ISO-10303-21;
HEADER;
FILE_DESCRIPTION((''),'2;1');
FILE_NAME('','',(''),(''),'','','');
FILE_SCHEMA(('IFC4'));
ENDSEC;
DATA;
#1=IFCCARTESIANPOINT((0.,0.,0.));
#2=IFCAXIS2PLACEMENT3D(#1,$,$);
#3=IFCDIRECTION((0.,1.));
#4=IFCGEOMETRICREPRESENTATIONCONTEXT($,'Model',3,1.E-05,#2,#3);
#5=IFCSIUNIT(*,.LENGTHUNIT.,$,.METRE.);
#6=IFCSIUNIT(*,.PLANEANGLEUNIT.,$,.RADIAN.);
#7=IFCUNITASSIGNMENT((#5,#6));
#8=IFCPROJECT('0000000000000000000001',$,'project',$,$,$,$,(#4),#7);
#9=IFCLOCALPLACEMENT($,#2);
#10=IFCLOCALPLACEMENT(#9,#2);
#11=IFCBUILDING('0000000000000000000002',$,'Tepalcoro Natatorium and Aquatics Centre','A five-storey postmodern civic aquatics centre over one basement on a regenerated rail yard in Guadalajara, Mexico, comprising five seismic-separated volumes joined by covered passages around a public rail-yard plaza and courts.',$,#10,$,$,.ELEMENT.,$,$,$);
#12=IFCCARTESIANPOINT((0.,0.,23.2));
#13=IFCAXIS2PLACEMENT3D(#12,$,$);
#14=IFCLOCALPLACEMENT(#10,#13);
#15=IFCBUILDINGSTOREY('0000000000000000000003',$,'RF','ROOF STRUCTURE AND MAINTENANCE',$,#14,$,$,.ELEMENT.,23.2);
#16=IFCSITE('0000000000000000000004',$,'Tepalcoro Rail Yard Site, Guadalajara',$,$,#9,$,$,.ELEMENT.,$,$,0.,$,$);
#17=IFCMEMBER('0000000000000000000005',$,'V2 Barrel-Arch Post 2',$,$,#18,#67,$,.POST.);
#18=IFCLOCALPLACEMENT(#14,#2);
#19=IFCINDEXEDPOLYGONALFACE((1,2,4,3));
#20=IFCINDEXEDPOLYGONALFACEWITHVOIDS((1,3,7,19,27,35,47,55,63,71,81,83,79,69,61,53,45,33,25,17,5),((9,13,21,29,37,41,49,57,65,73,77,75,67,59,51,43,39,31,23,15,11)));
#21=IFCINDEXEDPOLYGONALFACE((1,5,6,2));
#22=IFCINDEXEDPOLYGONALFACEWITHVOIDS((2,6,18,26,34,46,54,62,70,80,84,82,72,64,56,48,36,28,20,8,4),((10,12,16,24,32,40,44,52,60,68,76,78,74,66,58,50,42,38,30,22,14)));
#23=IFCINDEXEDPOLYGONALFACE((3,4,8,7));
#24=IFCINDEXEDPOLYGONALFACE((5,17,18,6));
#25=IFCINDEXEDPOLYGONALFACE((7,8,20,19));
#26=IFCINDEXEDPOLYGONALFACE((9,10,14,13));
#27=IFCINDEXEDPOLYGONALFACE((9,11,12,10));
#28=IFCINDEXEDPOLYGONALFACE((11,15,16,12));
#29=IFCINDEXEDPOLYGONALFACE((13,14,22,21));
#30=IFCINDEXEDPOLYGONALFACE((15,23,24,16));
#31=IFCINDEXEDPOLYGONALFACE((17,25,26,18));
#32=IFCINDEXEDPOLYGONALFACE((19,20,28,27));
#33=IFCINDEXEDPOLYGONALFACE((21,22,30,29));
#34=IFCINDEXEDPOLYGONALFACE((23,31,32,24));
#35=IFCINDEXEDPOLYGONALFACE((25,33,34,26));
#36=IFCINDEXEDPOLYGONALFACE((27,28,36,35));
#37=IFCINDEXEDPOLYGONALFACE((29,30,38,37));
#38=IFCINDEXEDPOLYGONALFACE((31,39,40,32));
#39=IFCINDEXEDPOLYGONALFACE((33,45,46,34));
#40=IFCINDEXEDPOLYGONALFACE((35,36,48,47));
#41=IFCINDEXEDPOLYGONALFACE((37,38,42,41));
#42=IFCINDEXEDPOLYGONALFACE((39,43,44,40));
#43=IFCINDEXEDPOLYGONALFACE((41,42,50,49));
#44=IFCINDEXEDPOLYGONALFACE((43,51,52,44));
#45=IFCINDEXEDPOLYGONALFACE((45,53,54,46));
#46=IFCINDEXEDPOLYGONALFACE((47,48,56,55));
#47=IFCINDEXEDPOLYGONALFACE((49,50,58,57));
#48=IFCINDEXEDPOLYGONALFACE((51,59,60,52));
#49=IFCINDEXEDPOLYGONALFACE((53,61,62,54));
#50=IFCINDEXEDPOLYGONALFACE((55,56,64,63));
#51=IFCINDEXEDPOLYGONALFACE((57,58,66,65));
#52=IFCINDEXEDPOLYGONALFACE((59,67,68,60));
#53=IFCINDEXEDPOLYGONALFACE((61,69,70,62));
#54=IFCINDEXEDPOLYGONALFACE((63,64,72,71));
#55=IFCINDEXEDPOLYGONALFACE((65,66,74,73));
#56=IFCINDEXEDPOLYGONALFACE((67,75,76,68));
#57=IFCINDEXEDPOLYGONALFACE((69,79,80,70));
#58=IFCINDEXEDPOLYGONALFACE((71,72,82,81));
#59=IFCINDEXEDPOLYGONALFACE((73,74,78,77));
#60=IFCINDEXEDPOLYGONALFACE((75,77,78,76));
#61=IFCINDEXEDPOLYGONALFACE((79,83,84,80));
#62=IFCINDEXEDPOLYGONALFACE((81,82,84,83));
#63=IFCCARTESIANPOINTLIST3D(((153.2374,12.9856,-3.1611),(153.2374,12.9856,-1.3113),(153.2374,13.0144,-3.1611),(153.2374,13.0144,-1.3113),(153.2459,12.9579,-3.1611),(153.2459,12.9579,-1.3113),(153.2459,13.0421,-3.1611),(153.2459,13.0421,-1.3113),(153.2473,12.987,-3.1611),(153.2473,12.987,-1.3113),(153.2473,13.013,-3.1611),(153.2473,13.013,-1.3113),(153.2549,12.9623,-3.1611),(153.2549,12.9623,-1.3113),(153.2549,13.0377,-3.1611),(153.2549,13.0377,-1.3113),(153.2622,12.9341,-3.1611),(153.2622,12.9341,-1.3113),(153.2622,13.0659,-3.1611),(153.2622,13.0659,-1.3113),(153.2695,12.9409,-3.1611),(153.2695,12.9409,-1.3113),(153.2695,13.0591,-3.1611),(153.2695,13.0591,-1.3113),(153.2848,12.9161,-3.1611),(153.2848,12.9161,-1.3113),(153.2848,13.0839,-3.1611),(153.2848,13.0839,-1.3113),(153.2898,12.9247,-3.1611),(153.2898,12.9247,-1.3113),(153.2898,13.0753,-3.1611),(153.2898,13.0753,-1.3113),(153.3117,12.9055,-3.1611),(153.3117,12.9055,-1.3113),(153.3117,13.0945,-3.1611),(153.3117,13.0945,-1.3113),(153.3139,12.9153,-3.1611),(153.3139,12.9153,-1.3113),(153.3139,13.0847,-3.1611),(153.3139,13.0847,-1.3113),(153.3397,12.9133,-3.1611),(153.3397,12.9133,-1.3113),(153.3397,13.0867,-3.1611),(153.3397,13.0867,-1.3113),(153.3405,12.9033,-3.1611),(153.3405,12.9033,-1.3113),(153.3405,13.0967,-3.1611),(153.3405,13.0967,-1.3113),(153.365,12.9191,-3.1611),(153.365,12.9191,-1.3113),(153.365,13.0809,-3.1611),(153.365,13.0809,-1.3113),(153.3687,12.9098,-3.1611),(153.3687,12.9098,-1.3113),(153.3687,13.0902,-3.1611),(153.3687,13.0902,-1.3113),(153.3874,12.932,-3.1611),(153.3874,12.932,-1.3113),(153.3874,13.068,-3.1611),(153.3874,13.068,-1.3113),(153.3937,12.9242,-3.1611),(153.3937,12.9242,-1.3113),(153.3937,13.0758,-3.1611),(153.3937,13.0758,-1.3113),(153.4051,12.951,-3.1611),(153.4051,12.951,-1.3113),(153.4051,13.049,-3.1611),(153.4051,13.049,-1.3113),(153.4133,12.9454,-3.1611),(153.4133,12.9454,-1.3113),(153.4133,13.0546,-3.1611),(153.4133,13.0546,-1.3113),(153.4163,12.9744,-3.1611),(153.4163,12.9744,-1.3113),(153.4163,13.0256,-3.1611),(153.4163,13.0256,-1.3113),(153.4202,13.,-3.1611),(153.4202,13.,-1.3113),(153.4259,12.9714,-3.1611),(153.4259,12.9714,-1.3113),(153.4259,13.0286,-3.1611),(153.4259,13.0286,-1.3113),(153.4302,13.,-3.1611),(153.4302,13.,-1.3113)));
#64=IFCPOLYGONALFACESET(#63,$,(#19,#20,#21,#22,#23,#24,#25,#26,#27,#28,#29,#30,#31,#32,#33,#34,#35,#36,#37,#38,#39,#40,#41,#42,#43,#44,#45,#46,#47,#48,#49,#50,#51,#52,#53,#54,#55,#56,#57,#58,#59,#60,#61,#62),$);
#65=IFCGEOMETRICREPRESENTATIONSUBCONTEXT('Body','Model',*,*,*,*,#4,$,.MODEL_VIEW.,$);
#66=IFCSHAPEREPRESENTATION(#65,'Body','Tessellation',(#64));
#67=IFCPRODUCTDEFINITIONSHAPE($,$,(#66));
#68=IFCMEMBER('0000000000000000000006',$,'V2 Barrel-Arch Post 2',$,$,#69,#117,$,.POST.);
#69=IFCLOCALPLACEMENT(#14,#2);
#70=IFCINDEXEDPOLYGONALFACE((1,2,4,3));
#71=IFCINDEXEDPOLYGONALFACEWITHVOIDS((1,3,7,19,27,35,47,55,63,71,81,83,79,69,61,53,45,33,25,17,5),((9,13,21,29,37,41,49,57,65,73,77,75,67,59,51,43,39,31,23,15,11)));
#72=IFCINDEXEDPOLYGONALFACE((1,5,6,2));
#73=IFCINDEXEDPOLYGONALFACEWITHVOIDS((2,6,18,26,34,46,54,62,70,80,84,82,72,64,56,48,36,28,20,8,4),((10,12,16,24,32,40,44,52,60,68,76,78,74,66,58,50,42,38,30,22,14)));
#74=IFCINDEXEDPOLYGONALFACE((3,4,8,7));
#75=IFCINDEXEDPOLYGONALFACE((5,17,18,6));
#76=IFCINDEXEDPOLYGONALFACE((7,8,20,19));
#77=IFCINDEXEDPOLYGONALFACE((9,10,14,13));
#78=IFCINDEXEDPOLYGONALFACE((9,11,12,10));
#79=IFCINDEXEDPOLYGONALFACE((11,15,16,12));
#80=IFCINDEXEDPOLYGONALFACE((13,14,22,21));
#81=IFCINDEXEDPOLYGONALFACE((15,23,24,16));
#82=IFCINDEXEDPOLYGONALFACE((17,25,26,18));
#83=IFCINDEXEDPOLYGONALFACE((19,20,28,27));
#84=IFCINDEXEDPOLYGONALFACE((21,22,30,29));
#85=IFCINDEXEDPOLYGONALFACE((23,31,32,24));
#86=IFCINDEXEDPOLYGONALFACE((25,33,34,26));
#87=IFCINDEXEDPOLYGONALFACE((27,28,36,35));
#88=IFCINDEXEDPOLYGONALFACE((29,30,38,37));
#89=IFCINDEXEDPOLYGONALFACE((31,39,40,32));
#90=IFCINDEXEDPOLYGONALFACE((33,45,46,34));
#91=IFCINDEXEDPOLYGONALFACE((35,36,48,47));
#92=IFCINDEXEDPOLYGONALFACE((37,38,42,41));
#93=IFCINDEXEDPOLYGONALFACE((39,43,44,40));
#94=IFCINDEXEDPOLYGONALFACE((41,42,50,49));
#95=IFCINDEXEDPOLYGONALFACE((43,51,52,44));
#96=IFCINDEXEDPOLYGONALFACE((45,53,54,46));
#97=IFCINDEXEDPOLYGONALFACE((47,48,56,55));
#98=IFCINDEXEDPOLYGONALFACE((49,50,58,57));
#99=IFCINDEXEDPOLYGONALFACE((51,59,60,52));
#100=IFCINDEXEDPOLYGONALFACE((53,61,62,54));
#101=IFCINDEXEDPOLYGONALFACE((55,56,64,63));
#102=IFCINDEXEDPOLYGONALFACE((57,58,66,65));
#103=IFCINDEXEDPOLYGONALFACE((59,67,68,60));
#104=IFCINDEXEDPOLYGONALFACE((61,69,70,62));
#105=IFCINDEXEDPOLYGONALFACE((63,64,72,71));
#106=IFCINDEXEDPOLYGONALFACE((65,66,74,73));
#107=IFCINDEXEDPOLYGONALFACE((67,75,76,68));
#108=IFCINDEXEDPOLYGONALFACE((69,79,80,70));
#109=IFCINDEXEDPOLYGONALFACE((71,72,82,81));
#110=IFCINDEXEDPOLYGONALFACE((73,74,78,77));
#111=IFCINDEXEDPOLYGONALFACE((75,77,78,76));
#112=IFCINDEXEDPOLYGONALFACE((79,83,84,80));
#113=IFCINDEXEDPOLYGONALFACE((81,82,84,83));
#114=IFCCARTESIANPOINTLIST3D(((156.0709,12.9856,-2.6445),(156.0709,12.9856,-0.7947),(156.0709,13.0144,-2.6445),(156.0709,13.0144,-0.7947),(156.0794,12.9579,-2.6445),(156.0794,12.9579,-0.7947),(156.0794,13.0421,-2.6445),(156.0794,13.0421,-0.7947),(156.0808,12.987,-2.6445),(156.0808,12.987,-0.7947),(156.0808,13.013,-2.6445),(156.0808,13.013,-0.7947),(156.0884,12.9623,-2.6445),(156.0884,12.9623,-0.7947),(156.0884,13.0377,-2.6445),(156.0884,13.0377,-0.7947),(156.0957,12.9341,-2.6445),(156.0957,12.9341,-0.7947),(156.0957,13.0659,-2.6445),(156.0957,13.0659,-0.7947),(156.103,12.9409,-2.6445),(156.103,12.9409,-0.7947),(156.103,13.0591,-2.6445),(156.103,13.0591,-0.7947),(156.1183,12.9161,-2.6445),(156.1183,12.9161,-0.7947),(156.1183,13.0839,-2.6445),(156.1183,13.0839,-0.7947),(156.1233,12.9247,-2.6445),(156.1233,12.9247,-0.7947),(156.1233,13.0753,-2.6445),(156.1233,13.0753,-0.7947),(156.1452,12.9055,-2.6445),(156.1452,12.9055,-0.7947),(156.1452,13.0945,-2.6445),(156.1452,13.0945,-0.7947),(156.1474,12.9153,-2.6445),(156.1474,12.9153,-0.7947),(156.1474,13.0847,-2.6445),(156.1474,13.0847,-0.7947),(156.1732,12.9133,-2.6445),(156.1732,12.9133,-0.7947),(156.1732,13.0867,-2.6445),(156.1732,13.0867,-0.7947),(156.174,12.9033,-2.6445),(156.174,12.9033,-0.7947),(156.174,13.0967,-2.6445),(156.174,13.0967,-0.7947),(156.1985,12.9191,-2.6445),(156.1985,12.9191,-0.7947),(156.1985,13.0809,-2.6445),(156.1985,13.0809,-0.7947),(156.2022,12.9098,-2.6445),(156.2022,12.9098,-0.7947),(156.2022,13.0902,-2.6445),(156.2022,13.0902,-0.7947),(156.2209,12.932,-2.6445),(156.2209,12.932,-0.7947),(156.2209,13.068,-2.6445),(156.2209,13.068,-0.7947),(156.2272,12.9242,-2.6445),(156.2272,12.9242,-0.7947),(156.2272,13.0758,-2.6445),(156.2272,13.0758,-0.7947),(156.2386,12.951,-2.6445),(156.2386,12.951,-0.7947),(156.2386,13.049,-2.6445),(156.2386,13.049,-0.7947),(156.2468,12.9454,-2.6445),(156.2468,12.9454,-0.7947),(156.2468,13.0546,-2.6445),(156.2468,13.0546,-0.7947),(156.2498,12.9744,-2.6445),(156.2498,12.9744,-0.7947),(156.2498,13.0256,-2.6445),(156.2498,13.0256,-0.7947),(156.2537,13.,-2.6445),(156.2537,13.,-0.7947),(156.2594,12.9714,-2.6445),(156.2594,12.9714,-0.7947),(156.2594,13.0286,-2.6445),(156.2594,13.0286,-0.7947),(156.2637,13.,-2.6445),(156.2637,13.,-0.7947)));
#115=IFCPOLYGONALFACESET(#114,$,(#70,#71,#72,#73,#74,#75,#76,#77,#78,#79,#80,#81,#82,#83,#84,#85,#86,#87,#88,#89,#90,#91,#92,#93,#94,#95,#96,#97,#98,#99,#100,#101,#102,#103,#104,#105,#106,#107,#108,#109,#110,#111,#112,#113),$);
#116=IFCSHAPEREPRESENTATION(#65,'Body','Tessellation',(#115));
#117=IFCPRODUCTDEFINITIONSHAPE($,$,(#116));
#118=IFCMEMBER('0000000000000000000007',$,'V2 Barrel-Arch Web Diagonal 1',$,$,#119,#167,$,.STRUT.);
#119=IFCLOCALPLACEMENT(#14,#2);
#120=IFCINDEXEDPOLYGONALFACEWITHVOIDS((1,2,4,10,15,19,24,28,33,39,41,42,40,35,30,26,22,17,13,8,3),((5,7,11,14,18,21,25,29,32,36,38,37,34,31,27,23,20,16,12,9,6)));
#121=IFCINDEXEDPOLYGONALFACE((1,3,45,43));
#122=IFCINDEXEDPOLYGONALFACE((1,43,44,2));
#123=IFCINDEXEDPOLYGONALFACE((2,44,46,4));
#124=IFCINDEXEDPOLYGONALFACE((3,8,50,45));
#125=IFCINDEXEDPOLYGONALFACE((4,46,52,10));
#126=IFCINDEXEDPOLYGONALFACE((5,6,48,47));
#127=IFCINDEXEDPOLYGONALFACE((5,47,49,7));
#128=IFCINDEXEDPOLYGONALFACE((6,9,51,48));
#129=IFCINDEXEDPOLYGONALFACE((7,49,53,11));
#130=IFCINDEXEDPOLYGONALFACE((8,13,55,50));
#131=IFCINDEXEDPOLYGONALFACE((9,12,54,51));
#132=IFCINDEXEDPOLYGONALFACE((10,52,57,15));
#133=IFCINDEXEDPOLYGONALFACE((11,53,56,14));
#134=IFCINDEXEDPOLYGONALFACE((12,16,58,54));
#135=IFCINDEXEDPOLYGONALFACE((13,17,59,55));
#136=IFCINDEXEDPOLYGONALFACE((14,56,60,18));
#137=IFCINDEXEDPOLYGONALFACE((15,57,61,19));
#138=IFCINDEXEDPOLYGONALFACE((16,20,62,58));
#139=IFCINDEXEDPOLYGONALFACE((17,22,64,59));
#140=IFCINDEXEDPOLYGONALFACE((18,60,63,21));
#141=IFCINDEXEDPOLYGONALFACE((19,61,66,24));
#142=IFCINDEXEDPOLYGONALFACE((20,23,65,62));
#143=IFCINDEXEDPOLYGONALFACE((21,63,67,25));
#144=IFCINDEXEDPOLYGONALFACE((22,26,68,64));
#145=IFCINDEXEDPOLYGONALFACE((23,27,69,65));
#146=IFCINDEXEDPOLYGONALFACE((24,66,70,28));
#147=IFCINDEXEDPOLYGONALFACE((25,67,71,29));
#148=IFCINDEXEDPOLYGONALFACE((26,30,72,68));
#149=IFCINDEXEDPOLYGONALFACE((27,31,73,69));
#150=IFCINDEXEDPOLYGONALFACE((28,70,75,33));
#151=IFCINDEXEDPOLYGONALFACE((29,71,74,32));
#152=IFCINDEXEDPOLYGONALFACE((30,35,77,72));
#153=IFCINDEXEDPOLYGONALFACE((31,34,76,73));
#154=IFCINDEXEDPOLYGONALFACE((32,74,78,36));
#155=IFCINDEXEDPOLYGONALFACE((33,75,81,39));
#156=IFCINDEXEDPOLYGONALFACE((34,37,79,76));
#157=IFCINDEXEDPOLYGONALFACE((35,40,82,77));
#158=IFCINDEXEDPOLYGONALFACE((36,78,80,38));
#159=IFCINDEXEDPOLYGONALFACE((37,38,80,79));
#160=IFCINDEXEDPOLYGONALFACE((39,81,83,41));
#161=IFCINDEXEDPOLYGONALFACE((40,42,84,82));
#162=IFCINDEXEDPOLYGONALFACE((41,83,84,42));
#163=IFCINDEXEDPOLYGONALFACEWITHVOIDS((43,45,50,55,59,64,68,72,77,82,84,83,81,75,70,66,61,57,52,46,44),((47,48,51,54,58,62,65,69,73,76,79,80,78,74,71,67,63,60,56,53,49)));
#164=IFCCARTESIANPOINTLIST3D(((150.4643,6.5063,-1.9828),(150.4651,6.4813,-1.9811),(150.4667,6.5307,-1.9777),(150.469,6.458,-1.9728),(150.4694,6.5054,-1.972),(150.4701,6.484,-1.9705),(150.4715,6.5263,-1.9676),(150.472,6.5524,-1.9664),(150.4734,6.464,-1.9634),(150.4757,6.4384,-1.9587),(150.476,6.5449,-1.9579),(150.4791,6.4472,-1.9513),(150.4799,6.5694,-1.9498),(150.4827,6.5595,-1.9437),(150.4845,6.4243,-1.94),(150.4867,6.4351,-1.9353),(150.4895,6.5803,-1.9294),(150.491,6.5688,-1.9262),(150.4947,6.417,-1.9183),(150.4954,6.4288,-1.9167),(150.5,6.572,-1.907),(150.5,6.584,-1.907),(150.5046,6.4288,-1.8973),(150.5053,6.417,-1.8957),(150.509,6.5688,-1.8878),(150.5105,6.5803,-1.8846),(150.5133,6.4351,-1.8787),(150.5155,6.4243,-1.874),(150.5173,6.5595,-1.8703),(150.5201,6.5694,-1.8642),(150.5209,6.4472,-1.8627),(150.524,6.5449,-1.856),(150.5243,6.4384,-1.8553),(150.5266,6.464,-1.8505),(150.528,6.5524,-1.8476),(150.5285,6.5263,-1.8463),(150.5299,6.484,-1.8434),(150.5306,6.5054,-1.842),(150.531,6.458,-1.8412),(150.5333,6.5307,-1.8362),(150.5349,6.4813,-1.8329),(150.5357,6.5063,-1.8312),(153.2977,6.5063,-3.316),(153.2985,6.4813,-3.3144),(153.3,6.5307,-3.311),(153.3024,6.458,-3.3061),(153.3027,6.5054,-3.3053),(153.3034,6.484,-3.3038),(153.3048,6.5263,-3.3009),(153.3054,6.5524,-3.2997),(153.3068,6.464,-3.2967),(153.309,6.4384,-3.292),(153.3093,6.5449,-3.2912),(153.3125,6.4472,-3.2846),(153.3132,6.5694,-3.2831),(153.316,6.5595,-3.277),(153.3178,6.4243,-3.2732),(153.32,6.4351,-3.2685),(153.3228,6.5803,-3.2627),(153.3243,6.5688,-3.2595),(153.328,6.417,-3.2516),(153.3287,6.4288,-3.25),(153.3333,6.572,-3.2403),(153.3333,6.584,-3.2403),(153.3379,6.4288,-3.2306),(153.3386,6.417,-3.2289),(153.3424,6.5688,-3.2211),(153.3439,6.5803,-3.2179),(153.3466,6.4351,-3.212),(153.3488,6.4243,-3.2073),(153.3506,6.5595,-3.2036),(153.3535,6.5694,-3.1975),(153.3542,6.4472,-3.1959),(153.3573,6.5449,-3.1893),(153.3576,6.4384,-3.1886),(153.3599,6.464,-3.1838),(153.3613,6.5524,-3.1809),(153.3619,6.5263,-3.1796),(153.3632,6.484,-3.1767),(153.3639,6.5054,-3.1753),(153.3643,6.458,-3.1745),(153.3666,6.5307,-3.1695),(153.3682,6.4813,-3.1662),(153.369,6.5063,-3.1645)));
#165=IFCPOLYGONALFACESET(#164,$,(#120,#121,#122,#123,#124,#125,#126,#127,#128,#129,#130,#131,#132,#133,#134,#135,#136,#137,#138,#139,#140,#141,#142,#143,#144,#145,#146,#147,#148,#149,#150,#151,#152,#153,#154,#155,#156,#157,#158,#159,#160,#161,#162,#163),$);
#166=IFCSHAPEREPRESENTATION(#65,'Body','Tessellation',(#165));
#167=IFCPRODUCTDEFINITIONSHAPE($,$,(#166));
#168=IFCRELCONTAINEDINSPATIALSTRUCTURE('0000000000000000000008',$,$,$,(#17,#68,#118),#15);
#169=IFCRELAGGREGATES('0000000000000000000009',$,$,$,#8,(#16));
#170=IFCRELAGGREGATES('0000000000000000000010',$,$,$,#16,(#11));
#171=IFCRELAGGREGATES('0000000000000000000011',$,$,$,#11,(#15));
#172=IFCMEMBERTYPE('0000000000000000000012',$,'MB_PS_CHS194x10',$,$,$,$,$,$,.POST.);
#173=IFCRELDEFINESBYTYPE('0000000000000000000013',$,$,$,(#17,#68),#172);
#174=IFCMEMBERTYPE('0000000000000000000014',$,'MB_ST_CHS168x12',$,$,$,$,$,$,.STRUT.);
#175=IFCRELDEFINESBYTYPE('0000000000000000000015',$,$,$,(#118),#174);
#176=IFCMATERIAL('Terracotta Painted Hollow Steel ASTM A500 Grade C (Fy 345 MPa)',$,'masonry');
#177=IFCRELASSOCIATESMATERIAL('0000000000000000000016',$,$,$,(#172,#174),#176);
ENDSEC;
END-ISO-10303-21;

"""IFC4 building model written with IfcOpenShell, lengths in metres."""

from ifc_helpers import new_model, si_unit, direction, frame, origin, origin_2d, place, context, subcontext, project, spatial, hollow_circle, extrude, material, material_profile, profile_set, type_object, element, save


model = new_model("IFC4")

# Units and contexts
model_context = context("Model", 3, precision=1e-05, world=origin(), true_north=direction((0.0, 1.0)))
body_context = subcontext(model_context, "Body", "Model", "MODEL_VIEW")
ifc_project = project(units=[si_unit("LENGTHUNIT", "METRE"), si_unit("PLANEANGLEUNIT", "RADIAN")], contexts=[model_context])

# Site, building, storey
site_placement = place(None, origin())
site = spatial("IfcSite", under=ifc_project, at=site_placement, Name="Tepalcoro Rail Yard Site, Guadalajara", CompositionType="ELEMENT", RefElevation=0.0)
building_placement = place(site_placement, origin())
building = spatial("IfcBuilding", under=site, at=building_placement, Name="Tepalcoro Natatorium and Aquatics Centre", Description="A five-storey postmodern civic aquatics centre over one basement on a regenerated rail yard in Guadalajara, Mexico, comprising five seismic-separated volumes joined by covered passages around a public rail-yard plaza and courts.", CompositionType="ELEMENT")
storey_placement = place(building_placement, frame((0.0, 0.0, 23.2)))
storey = spatial("IfcBuildingStorey", under=building, at=storey_placement, Name="RF", Description="ROOF STRUCTURE AND MAINTENANCE", CompositionType="ELEMENT", Elevation=23.2)

# Shared definitions
ifc_material_1 = material(Name="Terracotta Painted Hollow Steel ASTM A500 Grade C (Fy 345 MPa)", Category="masonry")

# Members
ifc_material_profile_1 = material_profile(ifc_material_1, hollow_circle(Radius=0.0969, WallThickness=0.01, at=origin_2d()), Name="CHS194X10")
ifc_profile_set_1 = profile_set([ifc_material_profile_1], Name="Terracotta Painted Hollow Steel ASTM A500 Grade C (Fy 345 MPa)")
member_type_1 = type_object("IfcMemberType", Name="MB_PS_CHS194x10", PredefinedType="POST", material=ifc_profile_set_1)
for number, where, z_axis, x_axis, name in (
    (1, (153.3333, 13.0, -3.1611), (0.0, 0.0, 1.0), (1.0, 0.0, 0.0), "V2 Barrel-Arch Post 2"),
    (2, (156.1667, 13.0, -2.6445), (0.0, 0.0, 1.0), (1.0, 0.0, 0.0), "V2 Barrel-Arch Post 2"),
):
    element("IfcMember", number, at=place(storey_placement, frame(where, z_axis=z_axis, x_axis=x_axis)), inside=storey, type_object=member_type_1, Name=name, PredefinedType="POST", context=body_context, shape_type="SweptSolid", body=[
        extrude(hollow_circle(Radius=0.0969, WallThickness=0.01, at=origin_2d()), origin(), (0.0, 0.0, 1.0), 1.8499),
    ])
ifc_material_profile_2 = material_profile(ifc_material_1, hollow_circle(Radius=0.084, WallThickness=0.012, at=origin_2d()), Name="CHS168X12")
ifc_profile_set_2 = profile_set([ifc_material_profile_2], Name="Terracotta Painted Hollow Steel ASTM A500 Grade C (Fy 345 MPa)")
member_type_2 = type_object("IfcMemberType", Name="MB_ST_CHS168x12", PredefinedType="STRUT", material=ifc_profile_set_2)
member_1_placement = place(storey_placement, frame((150.5, 6.5, -1.907), z_axis=(0.904824, 0.0, -0.425786), x_axis=(0.0, 1.0, 0.0)))
element("IfcMember", 3, at=member_1_placement, inside=storey, type_object=member_type_2, Name="V2 Barrel-Arch Web Diagonal 1", PredefinedType="STRUT", context=body_context, shape_type="SweptSolid", body=[
    extrude(hollow_circle(Radius=0.084, WallThickness=0.012, at=origin_2d()), origin(), (0.0, 0.0, 1.0), 3.1313),
])

save(model, "model.ifc")
